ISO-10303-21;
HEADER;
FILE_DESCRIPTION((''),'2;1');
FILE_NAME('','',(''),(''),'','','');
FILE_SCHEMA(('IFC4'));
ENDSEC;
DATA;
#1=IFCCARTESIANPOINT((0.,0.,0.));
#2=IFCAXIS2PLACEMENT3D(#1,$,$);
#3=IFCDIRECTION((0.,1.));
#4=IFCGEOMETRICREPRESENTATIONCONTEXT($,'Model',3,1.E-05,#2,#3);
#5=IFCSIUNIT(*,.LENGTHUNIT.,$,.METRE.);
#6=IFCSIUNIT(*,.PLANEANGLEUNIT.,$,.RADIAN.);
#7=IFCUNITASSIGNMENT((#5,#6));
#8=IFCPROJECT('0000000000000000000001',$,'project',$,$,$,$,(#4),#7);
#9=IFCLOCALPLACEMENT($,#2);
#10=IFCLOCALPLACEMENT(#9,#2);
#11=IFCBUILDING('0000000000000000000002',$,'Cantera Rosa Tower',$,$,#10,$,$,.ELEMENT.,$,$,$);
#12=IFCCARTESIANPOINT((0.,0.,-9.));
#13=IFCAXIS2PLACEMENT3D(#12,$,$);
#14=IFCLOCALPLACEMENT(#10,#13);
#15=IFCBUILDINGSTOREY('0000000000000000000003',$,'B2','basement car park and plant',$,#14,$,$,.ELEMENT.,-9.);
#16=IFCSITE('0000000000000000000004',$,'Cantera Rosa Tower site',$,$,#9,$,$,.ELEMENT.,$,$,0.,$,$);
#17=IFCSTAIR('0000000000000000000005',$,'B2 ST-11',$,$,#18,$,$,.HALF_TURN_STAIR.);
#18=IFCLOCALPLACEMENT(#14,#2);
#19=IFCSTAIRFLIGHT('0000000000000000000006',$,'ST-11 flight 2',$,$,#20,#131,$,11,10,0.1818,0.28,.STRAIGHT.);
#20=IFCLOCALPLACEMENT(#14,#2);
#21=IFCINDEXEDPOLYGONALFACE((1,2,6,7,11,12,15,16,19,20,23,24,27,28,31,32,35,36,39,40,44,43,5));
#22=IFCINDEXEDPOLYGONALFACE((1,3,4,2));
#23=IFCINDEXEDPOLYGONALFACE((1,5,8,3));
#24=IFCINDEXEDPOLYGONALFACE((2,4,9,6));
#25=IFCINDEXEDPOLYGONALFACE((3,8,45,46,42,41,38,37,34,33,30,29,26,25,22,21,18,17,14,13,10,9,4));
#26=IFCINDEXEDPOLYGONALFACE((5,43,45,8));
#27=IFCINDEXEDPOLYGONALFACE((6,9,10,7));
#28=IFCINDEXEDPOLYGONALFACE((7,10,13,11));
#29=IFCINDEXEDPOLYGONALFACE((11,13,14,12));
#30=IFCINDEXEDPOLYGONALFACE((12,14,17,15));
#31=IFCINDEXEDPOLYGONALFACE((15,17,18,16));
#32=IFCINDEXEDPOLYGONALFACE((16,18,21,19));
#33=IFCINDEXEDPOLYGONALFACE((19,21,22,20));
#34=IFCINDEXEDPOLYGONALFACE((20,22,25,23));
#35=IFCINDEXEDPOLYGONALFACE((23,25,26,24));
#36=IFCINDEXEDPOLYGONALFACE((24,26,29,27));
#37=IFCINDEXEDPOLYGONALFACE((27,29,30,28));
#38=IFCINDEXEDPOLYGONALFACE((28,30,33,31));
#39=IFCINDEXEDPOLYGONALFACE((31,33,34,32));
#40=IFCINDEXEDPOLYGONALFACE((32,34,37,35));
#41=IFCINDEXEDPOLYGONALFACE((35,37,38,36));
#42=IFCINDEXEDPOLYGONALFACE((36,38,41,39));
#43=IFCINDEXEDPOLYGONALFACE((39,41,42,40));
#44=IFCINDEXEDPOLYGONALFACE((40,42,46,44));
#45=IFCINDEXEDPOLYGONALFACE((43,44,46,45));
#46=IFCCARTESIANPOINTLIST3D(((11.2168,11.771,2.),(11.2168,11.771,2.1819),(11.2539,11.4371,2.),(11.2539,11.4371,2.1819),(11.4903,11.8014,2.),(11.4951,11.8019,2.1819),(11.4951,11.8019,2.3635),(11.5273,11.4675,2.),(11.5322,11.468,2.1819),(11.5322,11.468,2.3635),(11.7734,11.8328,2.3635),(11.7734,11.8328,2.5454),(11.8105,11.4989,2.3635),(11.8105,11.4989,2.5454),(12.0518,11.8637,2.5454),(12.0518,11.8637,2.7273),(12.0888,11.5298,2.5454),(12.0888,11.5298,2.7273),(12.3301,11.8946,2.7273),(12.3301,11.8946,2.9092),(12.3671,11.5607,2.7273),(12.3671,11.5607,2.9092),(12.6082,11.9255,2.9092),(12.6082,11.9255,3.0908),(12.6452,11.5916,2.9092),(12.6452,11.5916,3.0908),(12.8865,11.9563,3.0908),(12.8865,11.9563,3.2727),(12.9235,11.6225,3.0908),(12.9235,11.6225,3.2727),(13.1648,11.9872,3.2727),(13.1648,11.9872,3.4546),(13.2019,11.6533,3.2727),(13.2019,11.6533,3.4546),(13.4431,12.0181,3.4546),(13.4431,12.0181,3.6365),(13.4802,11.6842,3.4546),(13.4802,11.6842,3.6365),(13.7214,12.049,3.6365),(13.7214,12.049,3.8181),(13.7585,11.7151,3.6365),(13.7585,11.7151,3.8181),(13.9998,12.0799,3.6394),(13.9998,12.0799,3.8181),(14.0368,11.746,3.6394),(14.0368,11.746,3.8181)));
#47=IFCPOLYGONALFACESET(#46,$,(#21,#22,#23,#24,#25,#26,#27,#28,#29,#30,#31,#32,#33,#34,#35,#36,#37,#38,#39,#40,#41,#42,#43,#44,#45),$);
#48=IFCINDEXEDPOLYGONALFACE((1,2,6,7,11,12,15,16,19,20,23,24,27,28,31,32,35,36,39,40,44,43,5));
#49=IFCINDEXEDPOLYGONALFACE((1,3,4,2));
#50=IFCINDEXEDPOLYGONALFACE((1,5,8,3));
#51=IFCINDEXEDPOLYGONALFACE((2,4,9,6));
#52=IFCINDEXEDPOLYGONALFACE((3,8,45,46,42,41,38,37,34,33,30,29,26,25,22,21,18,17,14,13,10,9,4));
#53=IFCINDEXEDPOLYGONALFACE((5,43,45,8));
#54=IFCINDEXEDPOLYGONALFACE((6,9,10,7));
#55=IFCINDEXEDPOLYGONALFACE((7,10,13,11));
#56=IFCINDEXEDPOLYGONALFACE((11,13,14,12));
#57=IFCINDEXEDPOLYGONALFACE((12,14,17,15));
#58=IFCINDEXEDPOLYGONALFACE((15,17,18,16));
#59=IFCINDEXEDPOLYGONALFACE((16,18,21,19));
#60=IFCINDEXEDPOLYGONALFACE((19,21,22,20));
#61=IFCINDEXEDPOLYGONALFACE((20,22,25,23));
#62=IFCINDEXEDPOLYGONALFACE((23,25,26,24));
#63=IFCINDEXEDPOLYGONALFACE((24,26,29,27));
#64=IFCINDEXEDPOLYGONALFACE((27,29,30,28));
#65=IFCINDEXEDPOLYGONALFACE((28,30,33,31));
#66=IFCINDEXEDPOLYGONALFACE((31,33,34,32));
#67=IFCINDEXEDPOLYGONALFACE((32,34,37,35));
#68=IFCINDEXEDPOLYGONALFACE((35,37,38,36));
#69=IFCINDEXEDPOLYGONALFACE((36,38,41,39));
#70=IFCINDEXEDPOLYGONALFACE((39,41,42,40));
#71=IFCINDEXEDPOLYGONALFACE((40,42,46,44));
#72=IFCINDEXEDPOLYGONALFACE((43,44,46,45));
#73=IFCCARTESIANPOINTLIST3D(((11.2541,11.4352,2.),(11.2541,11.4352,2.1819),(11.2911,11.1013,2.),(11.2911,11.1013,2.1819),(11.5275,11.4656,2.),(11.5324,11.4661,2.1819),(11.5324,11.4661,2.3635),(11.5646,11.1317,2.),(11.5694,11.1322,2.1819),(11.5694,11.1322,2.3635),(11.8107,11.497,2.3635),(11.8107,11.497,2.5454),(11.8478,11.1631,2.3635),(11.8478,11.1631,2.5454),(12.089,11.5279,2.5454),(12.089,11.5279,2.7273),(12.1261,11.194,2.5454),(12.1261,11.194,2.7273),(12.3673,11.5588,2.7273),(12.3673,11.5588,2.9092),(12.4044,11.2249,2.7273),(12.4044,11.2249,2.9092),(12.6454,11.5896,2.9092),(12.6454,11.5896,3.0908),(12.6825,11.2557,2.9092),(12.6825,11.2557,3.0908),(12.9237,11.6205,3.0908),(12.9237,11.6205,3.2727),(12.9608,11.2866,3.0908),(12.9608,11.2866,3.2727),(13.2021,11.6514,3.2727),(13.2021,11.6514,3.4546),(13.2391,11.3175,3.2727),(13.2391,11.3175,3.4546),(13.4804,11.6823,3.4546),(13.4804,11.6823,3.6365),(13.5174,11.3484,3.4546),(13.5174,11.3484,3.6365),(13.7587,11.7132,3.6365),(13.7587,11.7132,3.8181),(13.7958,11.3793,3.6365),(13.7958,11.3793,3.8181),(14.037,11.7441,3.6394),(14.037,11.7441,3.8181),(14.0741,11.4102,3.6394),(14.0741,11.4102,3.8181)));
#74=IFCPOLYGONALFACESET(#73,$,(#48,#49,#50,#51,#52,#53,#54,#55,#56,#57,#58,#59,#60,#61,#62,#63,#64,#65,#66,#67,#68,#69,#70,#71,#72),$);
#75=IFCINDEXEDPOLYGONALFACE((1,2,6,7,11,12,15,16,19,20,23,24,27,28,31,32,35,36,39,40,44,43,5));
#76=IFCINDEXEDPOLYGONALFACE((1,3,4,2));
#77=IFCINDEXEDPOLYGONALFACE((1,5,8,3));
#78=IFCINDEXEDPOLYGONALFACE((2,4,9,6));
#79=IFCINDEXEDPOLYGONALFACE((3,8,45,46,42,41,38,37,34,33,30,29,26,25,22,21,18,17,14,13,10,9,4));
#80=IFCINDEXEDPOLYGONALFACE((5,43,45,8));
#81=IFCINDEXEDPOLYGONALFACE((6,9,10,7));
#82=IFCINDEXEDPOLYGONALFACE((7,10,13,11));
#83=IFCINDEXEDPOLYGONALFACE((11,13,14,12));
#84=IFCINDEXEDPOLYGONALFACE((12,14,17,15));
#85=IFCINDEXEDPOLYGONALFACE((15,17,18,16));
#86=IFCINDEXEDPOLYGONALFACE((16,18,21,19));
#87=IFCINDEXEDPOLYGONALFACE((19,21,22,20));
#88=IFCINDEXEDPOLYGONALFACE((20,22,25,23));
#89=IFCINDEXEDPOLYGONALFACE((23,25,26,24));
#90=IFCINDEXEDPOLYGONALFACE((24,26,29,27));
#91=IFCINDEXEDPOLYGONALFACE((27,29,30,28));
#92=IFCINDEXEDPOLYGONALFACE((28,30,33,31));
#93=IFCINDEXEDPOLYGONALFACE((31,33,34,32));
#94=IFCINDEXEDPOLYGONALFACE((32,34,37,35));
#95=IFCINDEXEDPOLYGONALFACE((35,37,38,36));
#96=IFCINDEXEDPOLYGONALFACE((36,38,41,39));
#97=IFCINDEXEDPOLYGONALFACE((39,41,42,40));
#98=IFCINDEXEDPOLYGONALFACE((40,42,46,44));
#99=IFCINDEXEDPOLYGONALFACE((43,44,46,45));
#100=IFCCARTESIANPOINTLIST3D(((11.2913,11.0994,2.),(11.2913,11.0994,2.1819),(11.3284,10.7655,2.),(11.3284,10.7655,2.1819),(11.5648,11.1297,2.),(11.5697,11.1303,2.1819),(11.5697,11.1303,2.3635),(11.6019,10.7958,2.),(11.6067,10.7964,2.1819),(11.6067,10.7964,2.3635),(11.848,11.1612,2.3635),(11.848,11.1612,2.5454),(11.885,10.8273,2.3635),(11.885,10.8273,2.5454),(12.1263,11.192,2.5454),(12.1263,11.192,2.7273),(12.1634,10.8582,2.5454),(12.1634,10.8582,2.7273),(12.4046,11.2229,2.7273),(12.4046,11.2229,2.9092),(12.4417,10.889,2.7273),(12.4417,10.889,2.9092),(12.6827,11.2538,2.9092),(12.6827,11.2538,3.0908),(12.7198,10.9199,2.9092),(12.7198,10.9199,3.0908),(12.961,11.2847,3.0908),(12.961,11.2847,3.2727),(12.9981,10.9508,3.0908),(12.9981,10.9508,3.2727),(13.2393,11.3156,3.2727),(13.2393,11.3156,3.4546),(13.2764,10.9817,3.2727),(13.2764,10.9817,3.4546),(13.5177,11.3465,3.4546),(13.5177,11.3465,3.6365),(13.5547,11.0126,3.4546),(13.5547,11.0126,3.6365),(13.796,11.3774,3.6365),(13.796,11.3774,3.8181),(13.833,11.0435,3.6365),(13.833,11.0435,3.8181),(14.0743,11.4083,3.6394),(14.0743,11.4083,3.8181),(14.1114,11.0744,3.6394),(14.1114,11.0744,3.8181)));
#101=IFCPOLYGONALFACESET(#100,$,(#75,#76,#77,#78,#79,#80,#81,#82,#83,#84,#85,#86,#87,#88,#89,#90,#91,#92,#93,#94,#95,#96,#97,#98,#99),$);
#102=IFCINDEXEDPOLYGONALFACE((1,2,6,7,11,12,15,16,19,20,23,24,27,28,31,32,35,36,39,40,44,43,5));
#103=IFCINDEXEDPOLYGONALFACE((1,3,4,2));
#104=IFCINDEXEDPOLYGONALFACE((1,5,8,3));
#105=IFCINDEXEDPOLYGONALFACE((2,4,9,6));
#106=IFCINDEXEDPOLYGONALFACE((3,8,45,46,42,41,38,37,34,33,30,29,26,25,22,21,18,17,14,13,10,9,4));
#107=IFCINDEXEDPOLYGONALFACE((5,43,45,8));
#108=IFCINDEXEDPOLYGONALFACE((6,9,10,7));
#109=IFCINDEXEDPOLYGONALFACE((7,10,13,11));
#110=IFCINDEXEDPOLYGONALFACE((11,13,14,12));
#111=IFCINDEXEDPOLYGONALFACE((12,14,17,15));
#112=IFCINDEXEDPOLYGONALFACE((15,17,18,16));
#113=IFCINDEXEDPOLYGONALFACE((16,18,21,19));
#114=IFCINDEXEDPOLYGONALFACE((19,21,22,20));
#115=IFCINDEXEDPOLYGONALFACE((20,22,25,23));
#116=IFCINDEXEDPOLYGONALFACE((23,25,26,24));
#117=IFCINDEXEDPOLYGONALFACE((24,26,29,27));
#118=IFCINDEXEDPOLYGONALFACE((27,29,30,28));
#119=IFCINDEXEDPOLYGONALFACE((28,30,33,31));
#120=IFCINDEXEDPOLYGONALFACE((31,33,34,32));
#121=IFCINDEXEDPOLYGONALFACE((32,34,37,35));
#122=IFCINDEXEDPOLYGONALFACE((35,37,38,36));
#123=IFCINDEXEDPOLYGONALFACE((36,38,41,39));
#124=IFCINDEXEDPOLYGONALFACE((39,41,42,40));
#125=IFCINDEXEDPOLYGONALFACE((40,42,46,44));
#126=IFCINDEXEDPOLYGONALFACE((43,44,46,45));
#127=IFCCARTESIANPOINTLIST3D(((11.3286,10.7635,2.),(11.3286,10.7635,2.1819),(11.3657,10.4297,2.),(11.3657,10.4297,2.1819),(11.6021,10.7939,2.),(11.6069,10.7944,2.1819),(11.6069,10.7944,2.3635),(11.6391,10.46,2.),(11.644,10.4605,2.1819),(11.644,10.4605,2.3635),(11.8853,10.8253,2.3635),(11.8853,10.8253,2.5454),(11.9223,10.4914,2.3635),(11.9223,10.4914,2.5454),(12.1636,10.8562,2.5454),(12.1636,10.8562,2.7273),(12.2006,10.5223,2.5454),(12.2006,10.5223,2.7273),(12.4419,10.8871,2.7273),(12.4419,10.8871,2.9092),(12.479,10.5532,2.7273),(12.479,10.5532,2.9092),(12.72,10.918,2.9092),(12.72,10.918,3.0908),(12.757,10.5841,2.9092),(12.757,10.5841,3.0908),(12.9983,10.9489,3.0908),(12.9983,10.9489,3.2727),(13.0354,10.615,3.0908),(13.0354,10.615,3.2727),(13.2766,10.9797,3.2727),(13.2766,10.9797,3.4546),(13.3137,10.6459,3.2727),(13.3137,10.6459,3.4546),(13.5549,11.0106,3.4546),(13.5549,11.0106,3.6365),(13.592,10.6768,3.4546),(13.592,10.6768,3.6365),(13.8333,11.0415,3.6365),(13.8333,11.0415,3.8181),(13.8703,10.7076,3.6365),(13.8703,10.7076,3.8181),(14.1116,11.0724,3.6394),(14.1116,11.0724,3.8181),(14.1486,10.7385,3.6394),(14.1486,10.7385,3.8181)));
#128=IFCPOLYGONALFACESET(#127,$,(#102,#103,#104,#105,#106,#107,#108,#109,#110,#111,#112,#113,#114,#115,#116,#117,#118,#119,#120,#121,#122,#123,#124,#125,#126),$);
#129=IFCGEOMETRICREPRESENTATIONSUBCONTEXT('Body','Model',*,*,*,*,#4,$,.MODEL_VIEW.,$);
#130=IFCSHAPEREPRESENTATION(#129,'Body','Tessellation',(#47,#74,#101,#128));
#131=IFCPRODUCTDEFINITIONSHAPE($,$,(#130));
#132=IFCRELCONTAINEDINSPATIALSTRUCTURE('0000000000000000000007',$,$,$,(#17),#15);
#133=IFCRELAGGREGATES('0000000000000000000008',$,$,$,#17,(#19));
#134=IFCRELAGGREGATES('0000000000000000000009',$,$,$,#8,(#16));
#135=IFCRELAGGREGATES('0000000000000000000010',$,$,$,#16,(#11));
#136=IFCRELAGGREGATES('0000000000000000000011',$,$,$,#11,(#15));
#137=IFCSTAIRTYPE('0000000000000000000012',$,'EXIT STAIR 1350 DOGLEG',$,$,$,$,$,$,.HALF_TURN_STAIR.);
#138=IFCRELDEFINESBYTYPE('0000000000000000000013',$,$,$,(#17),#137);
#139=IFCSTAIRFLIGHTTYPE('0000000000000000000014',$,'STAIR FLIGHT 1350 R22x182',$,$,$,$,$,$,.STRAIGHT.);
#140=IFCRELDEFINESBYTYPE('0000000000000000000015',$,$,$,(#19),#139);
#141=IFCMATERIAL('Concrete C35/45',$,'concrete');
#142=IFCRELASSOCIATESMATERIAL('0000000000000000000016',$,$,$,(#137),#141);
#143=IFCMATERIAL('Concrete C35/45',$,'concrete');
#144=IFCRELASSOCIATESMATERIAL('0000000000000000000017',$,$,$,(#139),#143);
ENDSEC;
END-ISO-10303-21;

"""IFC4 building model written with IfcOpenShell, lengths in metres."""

from ifc_helpers import new_model, si_unit, direction, frame, origin, place, context, subcontext, project, spatial, polyline, outline, extrude, material, type_object, element, aggregate, save


model = new_model("IFC4")

# Units and contexts
model_context = context("Model", 3, precision=1e-05, world=origin(), true_north=direction((0.0, 1.0)))
body_context = subcontext(model_context, "Body", "Model", "MODEL_VIEW")
ifc_project = project(units=[si_unit("LENGTHUNIT", "METRE"), si_unit("PLANEANGLEUNIT", "RADIAN")], contexts=[model_context])

# Site, building, storey
site_placement = place(None, origin())
site = spatial("IfcSite", under=ifc_project, at=site_placement, Name="Cantera Rosa Tower site", CompositionType="ELEMENT", RefElevation=0.0)
building_placement = place(site_placement, origin())
building = spatial("IfcBuilding", under=site, at=building_placement, Name="Cantera Rosa Tower", CompositionType="ELEMENT")
storey_placement = place(building_placement, frame((0.0, 0.0, -9.0)))
storey = spatial("IfcBuildingStorey", under=building, at=storey_placement, Name="B2", Description="basement car park and plant", CompositionType="ELEMENT", Elevation=-9.0)

# Stair
ifc_material_1 = material(Name="Concrete C35/45", Category="concrete")
stair_type_1 = type_object("IfcStairType", Name="EXIT STAIR 1350 DOGLEG", PredefinedType="HALF_TURN_STAIR", material=ifc_material_1)
stair_1_placement = place(storey_placement, origin())
stair_1 = element("IfcStair", 1, at=stair_1_placement, inside=storey, type_object=stair_type_1, Name="B2 ST-11", PredefinedType="HALF_TURN_STAIR")

# Stair flight
ifc_material_2 = material(Name="Concrete C35/45", Category="concrete")
stair_flight_type = type_object("IfcStairFlightType", Name="STAIR FLIGHT 1350 R22x182", PredefinedType="STRAIGHT", material=ifc_material_2)
stair_flight_1_placement = place(storey_placement, frame((11.2913, 11.1001, 2.0), z_axis=(0.0, 0.0, 1.0), x_axis=(0.993897, 0.110313, 0.0)))
stair_flight_1 = element("IfcStairFlight", 2, at=stair_flight_1_placement, type_object=stair_flight_type, Name="ST-11 flight 2", NumberOfRisers=11, NumberOfTreads=10, PredefinedType="STRAIGHT", RiserHeight=0.1818, TreadLength=0.28, context=body_context, shape_type="SweptSolid", body=[
    extrude(outline(polyline([(0.0, 0.0), (0.0, 0.1819), (0.28, 0.1819), (0.28, 0.3635), (0.5601, 0.3635), (0.5601, 0.5454), (0.8401, 0.5454), (0.8401, 0.7273), (1.1201, 0.7273), (1.1201, 0.9092), (1.3999, 0.9092), (1.3999, 1.0908), (1.6799, 1.0908), (1.6799, 1.2727), (1.96, 1.2727), (1.96, 1.4546), (2.24, 1.4546), (2.24, 1.6365), (2.52, 1.6365), (2.52, 1.8181), (2.8, 1.8181), (2.8, 2.0), (2.8, 1.6394), (0.2751, 0.0), (0.0, 0.0)])), frame((0.0, 0.675, 0.0), z_axis=(0.0, -1.0, 0.0), x_axis=(1.0, 0.0, 0.0)), (0.0, 0.0, 1.0), 0.3359),
    extrude(outline(polyline([(0.0, 0.0), (0.0, 0.1819), (0.28, 0.1819), (0.28, 0.3635), (0.5601, 0.3635), (0.5601, 0.5454), (0.8401, 0.5454), (0.8401, 0.7273), (1.1201, 0.7273), (1.1201, 0.9092), (1.3999, 0.9092), (1.3999, 1.0908), (1.6799, 1.0908), (1.6799, 1.2727), (1.96, 1.2727), (1.96, 1.4546), (2.24, 1.4546), (2.24, 1.6365), (2.52, 1.6365), (2.52, 1.8181), (2.8, 1.8181), (2.8, 2.0), (2.8, 1.6394), (0.2751, 0.0), (0.0, 0.0)])), frame((0.0, 0.3372, 0.0), z_axis=(0.0, -1.0, 0.0), x_axis=(1.0, 0.0, 0.0)), (0.0, 0.0, 1.0), 0.3359),
    extrude(outline(polyline([(0.0, 0.0), (0.0, 0.1819), (0.28, 0.1819), (0.28, 0.3635), (0.5601, 0.3635), (0.5601, 0.5454), (0.8401, 0.5454), (0.8401, 0.7273), (1.1201, 0.7273), (1.1201, 0.9092), (1.3999, 0.9092), (1.3999, 1.0908), (1.6799, 1.0908), (1.6799, 1.2727), (1.96, 1.2727), (1.96, 1.4546), (2.24, 1.4546), (2.24, 1.6365), (2.52, 1.6365), (2.52, 1.8181), (2.8, 1.8181), (2.8, 2.0), (2.8, 1.6394), (0.2751, 0.0), (0.0, 0.0)])), frame((0.0, -0.0007, 0.0), z_axis=(0.0, -1.0, 0.0), x_axis=(1.0, 0.0, 0.0)), (0.0, 0.0, 1.0), 0.3359),
    extrude(outline(polyline([(0.0, 0.0), (0.0, 0.1819), (0.28, 0.1819), (0.28, 0.3635), (0.5601, 0.3635), (0.5601, 0.5454), (0.8401, 0.5454), (0.8401, 0.7273), (1.1201, 0.7273), (1.1201, 0.9092), (1.3999, 0.9092), (1.3999, 1.0908), (1.6799, 1.0908), (1.6799, 1.2727), (1.96, 1.2727), (1.96, 1.4546), (2.24, 1.4546), (2.24, 1.6365), (2.52, 1.6365), (2.52, 1.8181), (2.8, 1.8181), (2.8, 2.0), (2.8, 1.6394), (0.2751, 0.0), (0.0, 0.0)])), frame((0.0, -0.3386, 0.0), z_axis=(0.0, -1.0, 0.0), x_axis=(1.0, 0.0, 0.0)), (0.0, 0.0, 1.0), 0.3359),
])
aggregate(stair_1, [stair_flight_1])

save(model, "model.ifc")
